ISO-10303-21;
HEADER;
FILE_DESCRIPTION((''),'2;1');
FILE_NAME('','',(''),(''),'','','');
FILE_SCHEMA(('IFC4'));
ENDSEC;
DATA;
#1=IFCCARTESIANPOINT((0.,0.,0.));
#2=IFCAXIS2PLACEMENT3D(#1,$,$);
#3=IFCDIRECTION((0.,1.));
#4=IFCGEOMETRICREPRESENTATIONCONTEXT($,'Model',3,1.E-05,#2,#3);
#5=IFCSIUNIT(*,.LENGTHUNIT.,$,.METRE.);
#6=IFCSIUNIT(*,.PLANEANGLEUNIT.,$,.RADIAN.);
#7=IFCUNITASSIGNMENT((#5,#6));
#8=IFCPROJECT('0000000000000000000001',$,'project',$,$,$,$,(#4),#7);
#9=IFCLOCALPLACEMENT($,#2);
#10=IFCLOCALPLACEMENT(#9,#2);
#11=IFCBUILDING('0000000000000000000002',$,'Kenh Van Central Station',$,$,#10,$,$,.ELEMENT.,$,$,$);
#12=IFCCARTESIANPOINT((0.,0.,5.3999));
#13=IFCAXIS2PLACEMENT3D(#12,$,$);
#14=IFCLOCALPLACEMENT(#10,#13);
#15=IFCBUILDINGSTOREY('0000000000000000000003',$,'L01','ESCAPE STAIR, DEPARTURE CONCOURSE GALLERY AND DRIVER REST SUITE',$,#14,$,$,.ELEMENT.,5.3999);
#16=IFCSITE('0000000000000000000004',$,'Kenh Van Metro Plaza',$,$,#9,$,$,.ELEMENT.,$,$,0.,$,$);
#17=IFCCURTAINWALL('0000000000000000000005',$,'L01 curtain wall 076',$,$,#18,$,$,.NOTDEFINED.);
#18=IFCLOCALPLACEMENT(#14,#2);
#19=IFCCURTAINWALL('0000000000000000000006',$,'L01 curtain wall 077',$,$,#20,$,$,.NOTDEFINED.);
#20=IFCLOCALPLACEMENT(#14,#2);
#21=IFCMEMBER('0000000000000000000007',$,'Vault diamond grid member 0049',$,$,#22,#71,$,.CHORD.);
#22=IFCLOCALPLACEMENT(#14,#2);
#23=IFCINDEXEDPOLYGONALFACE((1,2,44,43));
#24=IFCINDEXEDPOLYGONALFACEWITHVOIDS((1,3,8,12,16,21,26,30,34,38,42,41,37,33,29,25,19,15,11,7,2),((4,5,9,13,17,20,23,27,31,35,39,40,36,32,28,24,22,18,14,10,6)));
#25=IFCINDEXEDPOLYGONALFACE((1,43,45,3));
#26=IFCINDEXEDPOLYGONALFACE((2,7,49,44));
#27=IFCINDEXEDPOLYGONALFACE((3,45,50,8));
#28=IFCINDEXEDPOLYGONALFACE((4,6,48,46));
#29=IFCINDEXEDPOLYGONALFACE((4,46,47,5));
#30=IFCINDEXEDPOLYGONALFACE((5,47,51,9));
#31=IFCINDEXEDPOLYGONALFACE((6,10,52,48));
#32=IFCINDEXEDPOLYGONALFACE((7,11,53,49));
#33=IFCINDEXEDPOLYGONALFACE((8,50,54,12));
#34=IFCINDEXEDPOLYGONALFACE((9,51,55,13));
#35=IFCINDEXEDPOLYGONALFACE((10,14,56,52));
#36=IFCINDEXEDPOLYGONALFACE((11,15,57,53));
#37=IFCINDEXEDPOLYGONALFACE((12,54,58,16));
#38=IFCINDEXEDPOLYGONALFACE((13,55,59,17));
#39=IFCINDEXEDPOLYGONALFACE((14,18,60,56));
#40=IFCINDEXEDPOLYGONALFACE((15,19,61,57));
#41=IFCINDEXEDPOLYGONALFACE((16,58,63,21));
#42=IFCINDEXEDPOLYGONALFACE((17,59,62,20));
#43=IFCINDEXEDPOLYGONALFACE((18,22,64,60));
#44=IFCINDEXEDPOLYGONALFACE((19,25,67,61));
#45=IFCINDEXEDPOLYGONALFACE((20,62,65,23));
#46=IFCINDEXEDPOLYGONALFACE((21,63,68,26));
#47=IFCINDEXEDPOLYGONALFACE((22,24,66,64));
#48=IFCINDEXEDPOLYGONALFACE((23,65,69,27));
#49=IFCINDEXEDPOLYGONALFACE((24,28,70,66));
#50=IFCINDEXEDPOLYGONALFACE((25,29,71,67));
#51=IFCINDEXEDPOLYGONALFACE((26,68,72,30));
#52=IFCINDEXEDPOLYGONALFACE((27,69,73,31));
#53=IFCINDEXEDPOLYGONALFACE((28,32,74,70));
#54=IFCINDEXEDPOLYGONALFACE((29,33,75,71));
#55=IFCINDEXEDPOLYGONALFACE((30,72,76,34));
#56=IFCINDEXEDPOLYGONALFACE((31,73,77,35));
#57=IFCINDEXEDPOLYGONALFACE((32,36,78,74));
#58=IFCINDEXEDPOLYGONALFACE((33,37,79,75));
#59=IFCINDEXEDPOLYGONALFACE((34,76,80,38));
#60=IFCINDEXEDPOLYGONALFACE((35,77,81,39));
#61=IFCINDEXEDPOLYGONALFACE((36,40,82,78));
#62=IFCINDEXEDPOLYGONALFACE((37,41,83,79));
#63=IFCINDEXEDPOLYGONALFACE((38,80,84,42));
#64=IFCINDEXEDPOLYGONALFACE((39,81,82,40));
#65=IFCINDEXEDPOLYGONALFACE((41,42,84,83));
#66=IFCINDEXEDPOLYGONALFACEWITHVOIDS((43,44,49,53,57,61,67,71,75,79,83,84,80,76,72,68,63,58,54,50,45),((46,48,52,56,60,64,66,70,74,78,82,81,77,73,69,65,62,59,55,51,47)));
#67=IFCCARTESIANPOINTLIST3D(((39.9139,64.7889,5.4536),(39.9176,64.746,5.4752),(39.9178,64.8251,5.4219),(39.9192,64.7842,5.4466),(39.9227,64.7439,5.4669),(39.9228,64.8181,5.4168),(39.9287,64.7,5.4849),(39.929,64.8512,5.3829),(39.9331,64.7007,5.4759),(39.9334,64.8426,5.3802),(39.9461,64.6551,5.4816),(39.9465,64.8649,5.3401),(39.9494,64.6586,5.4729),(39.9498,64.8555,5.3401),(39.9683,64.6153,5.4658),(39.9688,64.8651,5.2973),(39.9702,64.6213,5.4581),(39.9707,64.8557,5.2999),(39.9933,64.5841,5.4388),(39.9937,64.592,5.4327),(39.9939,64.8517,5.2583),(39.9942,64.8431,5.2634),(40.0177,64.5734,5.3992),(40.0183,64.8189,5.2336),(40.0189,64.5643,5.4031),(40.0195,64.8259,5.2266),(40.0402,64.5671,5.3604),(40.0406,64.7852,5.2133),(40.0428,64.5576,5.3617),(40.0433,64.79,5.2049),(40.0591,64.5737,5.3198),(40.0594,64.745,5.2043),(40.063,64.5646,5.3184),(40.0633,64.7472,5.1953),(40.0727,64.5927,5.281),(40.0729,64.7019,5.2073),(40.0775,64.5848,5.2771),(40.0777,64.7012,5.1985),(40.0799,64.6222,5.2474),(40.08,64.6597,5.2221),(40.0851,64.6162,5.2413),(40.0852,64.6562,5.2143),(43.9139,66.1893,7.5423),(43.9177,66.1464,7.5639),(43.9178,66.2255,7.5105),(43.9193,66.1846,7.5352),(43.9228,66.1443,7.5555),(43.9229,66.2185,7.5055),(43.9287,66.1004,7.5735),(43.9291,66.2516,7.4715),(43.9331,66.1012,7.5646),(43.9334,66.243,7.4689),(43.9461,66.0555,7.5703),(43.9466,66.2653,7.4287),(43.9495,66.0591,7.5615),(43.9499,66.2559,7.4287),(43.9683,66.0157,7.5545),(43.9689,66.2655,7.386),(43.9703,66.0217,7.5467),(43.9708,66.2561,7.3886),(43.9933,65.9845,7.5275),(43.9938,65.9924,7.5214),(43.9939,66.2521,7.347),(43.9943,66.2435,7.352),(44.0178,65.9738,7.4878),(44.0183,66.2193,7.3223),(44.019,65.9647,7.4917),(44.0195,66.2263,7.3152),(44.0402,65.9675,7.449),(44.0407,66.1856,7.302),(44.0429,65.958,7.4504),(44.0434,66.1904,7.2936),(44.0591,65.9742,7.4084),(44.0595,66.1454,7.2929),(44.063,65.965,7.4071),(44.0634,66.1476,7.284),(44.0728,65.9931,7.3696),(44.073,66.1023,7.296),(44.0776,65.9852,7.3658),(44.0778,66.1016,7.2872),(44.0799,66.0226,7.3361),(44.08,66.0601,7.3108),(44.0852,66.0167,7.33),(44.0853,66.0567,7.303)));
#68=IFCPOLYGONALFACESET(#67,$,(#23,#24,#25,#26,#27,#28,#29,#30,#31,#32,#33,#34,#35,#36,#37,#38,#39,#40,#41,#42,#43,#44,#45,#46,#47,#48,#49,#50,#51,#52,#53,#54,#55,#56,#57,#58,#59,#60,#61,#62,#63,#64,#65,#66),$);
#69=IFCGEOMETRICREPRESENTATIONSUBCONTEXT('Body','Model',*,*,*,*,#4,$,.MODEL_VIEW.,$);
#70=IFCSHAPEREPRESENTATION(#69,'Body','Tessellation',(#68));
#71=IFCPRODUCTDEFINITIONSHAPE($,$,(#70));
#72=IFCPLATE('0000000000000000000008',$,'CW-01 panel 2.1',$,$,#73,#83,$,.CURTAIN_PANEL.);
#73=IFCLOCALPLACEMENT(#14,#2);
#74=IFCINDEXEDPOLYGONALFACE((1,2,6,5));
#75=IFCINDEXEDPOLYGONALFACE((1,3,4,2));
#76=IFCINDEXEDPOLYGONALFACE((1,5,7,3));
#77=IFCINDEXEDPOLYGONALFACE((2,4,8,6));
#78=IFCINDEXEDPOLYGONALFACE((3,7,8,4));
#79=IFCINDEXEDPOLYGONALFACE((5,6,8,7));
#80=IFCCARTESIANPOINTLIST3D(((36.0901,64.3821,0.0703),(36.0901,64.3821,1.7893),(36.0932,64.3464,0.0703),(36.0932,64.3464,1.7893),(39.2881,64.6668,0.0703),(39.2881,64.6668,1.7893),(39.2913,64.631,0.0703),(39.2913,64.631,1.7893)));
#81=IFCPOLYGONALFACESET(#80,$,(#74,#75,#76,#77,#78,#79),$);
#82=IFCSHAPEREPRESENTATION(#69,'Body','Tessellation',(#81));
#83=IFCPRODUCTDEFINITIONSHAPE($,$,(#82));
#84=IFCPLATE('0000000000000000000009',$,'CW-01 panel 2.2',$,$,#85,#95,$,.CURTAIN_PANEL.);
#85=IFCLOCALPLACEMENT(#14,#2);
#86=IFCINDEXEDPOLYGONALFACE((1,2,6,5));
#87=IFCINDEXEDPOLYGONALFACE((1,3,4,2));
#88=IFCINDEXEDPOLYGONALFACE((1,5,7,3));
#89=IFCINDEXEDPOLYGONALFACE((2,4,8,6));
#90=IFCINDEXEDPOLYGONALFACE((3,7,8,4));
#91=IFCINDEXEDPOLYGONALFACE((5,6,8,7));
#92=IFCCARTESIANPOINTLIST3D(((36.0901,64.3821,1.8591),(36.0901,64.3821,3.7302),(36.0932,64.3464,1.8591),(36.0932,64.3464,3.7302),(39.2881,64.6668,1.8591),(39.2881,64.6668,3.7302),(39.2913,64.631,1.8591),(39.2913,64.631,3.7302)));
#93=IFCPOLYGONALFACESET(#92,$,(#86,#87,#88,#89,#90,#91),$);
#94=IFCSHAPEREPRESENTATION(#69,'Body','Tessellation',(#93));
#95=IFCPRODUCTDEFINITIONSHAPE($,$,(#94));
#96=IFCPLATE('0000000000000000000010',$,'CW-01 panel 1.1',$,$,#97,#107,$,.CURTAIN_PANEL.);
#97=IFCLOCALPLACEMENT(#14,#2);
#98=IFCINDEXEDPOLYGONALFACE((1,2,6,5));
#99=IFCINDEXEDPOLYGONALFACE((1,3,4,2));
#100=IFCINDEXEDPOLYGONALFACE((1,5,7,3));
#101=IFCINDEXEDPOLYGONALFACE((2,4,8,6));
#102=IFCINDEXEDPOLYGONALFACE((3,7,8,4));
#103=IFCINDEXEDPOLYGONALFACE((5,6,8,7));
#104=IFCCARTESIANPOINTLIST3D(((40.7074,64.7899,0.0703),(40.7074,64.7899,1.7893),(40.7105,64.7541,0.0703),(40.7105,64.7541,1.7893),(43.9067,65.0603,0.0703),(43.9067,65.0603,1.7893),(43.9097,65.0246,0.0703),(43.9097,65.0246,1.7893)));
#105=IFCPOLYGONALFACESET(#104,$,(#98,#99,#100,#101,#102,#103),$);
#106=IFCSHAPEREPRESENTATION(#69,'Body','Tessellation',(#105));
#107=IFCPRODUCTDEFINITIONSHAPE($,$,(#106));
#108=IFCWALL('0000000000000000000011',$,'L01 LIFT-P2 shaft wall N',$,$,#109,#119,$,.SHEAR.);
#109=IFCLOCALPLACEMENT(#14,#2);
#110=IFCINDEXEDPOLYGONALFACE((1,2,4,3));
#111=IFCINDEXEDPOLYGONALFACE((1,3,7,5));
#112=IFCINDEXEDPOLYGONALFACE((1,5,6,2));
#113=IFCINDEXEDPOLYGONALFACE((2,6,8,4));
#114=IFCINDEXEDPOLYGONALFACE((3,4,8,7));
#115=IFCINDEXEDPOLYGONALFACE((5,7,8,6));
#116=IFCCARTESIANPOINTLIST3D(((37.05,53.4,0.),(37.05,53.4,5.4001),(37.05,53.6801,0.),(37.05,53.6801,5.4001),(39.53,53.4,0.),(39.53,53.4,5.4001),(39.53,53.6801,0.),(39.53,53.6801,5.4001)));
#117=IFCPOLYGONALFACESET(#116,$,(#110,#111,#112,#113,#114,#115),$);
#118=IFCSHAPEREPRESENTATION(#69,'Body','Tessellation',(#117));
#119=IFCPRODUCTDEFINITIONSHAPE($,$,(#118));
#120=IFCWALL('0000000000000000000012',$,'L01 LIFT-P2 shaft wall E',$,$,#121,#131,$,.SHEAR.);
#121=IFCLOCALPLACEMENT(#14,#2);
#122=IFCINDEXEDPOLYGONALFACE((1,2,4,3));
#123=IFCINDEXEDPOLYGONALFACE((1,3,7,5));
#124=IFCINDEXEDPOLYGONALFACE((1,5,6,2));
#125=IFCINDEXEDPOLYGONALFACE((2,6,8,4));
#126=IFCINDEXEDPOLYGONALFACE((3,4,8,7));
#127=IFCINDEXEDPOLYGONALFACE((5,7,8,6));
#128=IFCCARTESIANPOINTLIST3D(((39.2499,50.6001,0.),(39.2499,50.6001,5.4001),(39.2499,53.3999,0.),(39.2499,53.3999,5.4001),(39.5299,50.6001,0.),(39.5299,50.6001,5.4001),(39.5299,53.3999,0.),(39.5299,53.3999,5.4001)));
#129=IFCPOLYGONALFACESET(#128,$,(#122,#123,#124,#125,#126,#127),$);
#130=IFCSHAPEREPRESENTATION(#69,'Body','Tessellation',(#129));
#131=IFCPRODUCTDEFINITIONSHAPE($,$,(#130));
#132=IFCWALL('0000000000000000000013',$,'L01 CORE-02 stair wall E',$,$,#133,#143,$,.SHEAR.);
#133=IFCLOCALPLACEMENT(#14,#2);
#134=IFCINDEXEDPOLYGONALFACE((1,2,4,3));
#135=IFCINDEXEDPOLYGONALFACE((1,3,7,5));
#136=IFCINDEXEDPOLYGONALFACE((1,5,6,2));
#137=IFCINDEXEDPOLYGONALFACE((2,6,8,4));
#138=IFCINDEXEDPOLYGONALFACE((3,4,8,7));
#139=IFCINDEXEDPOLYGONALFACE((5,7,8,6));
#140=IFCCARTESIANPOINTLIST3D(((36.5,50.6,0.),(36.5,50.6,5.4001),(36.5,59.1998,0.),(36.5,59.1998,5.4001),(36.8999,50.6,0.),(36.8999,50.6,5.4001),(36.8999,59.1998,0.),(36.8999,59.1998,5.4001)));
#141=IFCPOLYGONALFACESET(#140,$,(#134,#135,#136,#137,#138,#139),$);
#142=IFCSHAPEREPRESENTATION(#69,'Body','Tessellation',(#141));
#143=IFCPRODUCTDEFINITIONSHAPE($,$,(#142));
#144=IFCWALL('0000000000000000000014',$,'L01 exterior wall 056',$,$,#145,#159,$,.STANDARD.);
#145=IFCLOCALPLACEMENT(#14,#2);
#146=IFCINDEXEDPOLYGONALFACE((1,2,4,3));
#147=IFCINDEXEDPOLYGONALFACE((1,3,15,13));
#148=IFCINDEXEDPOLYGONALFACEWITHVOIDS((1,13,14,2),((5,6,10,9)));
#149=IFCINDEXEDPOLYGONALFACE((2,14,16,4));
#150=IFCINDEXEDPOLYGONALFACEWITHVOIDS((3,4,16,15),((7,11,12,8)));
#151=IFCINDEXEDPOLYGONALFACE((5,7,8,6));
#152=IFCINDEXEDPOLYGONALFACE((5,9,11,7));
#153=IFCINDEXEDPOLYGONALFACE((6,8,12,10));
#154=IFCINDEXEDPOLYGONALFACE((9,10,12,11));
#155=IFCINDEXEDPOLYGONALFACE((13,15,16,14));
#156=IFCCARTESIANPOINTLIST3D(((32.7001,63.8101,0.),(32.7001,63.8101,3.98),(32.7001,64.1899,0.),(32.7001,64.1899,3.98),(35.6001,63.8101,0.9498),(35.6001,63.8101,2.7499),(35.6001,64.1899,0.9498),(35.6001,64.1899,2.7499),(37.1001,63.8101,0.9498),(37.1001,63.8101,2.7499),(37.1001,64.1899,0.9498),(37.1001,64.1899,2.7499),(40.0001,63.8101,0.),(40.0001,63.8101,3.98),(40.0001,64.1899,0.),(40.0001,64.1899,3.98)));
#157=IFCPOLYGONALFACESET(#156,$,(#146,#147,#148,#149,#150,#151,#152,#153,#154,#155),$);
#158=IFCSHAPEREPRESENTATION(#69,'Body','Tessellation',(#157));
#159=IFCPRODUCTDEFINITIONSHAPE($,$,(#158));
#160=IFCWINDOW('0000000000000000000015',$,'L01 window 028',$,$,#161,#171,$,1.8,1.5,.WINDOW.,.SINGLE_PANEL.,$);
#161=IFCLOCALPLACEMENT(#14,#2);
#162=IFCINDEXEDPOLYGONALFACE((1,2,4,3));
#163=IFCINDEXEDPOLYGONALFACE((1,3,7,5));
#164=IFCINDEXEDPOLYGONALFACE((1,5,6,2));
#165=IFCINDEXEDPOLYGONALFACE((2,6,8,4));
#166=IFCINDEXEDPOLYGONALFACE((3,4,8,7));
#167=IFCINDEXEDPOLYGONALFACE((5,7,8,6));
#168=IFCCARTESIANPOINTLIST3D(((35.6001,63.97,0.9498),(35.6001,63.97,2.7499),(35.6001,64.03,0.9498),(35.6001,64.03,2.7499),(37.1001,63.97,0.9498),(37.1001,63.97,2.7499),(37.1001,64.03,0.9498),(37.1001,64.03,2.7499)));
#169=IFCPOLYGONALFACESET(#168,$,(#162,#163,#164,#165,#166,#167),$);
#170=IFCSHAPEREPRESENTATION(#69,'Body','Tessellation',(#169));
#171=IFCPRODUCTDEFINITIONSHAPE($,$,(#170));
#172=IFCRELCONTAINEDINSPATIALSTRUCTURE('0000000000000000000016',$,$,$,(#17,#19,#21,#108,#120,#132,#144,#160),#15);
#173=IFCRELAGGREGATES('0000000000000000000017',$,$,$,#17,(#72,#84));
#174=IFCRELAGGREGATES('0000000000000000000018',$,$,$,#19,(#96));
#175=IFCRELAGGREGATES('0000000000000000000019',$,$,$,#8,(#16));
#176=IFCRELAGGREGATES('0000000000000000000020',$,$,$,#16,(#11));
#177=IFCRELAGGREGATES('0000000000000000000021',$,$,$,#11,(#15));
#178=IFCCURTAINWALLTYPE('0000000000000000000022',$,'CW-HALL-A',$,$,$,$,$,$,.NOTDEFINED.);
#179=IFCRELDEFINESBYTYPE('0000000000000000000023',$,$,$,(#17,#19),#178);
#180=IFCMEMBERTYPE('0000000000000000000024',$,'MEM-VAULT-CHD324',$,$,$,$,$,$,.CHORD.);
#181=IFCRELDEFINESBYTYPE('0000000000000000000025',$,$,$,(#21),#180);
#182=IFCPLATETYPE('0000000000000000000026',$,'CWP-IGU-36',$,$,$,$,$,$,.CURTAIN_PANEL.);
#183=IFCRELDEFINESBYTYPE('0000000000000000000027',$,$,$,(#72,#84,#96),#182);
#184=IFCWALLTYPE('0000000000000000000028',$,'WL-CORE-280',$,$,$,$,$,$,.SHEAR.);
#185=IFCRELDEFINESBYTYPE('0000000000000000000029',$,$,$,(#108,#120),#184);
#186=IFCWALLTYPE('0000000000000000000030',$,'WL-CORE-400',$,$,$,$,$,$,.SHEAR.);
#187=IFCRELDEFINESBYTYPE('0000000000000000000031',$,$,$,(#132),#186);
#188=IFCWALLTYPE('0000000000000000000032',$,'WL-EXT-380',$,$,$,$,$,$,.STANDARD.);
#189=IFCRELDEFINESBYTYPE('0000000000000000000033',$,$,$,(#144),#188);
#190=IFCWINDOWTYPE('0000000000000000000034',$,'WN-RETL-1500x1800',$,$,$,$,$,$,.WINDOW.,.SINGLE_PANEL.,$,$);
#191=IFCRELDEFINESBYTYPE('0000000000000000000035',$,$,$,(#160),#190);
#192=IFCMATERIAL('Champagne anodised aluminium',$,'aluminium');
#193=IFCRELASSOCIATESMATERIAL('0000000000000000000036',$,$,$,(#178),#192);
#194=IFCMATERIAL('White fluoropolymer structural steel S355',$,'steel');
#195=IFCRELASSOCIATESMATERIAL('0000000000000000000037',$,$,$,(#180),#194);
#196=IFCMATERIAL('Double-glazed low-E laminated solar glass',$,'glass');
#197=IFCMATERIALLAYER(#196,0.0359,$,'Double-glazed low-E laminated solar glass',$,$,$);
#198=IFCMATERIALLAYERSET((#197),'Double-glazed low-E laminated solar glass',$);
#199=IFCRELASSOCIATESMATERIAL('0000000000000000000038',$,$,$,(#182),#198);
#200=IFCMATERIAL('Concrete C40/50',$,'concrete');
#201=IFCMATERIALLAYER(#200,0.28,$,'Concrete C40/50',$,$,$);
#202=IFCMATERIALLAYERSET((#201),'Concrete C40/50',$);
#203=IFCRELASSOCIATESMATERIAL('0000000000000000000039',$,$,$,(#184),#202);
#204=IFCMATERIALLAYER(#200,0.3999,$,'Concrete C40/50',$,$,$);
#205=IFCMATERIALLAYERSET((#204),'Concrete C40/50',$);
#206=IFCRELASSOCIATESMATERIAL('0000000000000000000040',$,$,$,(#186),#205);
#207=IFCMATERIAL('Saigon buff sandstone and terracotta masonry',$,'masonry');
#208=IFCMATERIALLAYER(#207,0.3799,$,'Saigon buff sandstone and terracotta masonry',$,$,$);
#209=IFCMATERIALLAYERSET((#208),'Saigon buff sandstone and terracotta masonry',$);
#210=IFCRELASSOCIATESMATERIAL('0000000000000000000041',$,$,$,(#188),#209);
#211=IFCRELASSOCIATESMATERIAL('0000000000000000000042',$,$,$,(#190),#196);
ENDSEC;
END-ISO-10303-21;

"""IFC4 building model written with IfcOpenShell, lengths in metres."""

from ifc_helpers import new_model, si_unit, direction, frame, frame_2d, origin, origin_2d, place, context, subcontext, project, spatial, rectangle, hollow_circle, extrude, material, layer, layer_set, material_profile, profile_set, type_object, element, fill, aggregate, save


model = new_model("IFC4")

# Units and contexts
model_context = context("Model", 3, precision=1e-05, world=origin(), true_north=direction((0.0, 1.0)))
body_context = subcontext(model_context, "Body", "Model", "MODEL_VIEW")
ifc_project = project(units=[si_unit("LENGTHUNIT", "METRE"), si_unit("PLANEANGLEUNIT", "RADIAN")], contexts=[model_context])

# Site, building, storey
site_placement = place(None, origin())
site = spatial("IfcSite", under=ifc_project, at=site_placement, Name="Kenh Van Metro Plaza", CompositionType="ELEMENT", RefElevation=0.0)
building_placement = place(site_placement, origin())
building = spatial("IfcBuilding", under=site, at=building_placement, Name="Kenh Van Central Station", CompositionType="ELEMENT")
storey_placement = place(building_placement, frame((0.0, 0.0, 5.3999)))
storey = spatial("IfcBuildingStorey", under=building, at=storey_placement, Name="L01", Description="ESCAPE STAIR, DEPARTURE CONCOURSE GALLERY AND DRIVER REST SUITE", CompositionType="ELEMENT", Elevation=5.3999)

# Shared definitions
ifc_material_1 = material(Name="Concrete C40/50", Category="concrete")

# Shared definitions
ifc_material_2 = material(Name="White fluoropolymer structural steel S355", Category="steel")

# Curtain wall
ifc_material_3 = material(Name="Champagne anodised aluminium", Category="aluminium")
curtain_wall_type = type_object("IfcCurtainWallType", Name="CW-HALL-A", PredefinedType="NOTDEFINED", material=ifc_material_3)
curtain_wall_1_placement = place(storey_placement, origin())
curtain_wall_1 = element("IfcCurtainWall", 1, at=curtain_wall_1_placement, inside=storey, type_object=curtain_wall_type, Name="L01 curtain wall 076", PredefinedType="NOTDEFINED")

# Curtain wall
curtain_wall_2_placement = place(storey_placement, origin())
curtain_wall_2 = element("IfcCurtainWall", 2, at=curtain_wall_2_placement, inside=storey, type_object=curtain_wall_type, Name="L01 curtain wall 077", PredefinedType="NOTDEFINED")

# Member
ifc_material_profile_1 = material_profile(ifc_material_2, hollow_circle(Radius=0.1619, WallThickness=0.01, at=origin_2d()), Name="CHS 323.9x10")
ifc_profile_set_1 = profile_set([ifc_material_profile_1], Name="White fluoropolymer structural steel S355")
member_type_1 = type_object("IfcMemberType", Name="MEM-VAULT-CHD324", PredefinedType="CHORD", material=ifc_profile_set_1)
member_1_placement = place(storey_placement, frame((40.0, 64.7122, 5.3401), z_axis=(0.846602, 0.296393, 0.442058), x_axis=(-0.330433, 0.94383, 0.0)))
element("IfcMember", 3, at=member_1_placement, inside=storey, type_object=member_type_1, Name="Vault diamond grid member 0049", PredefinedType="CHORD", context=body_context, shape_type="SweptSolid", body=[
    extrude(hollow_circle(Radius=0.1619, WallThickness=0.01, at=origin_2d()), origin(), (0.0, 0.0, 1.0), 4.7249),
])

# Plates
ifc_material_4 = material(Name="Double-glazed low-E laminated solar glass", Category="glass")
ifc_layer_1 = layer(ifc_material_4, 0.0359, Name="Double-glazed low-E laminated solar glass")
ifc_layer_set_1 = layer_set([ifc_layer_1], Name="Double-glazed low-E laminated solar glass")
plate_type = type_object("IfcPlateType", Name="CWP-IGU-36", PredefinedType="CURTAIN_PANEL", material=ifc_layer_set_1)
plate_1_placement = place(storey_placement, frame((37.6907, 64.5066, 0.0703), z_axis=(0.0, 0.0, 1.0), x_axis=(0.996062, 0.08866, 0.0)))
plate_1 = element("IfcPlate", 4, at=plate_1_placement, type_object=plate_type, Name="CW-01 panel 2.1", PredefinedType="CURTAIN_PANEL", context=body_context, shape_type="SweptSolid", body=[
    extrude(rectangle(XDim=3.2107, YDim=0.0359, at=origin_2d()), origin(), (0.0, 0.0, 1.0), 1.719),
])
plate_2_placement = place(storey_placement, frame((37.6907, 64.5066, 1.8591), z_axis=(0.0, 0.0, 1.0), x_axis=(0.996062, 0.08866, 0.0)))
plate_2 = element("IfcPlate", 5, at=plate_2_placement, type_object=plate_type, Name="CW-01 panel 2.2", PredefinedType="CURTAIN_PANEL", context=body_context, shape_type="SweptSolid", body=[
    extrude(rectangle(XDim=3.2107, YDim=0.0359, at=origin_2d()), origin(), (0.0, 0.0, 1.0), 1.8711),
])
aggregate(curtain_wall_1, [plate_1, plate_2])
plate_3_placement = place(storey_placement, frame((42.3086, 64.9072, 0.0703), z_axis=(0.0, 0.0, 1.0), x_axis=(0.996445, 0.084244, 0.0)))
plate_3 = element("IfcPlate", 6, at=plate_3_placement, type_object=plate_type, Name="CW-01 panel 1.1", PredefinedType="CURTAIN_PANEL", context=body_context, shape_type="SweptSolid", body=[
    extrude(rectangle(XDim=3.2107, YDim=0.0359, at=origin_2d()), origin(), (0.0, 0.0, 1.0), 1.719),
])
aggregate(curtain_wall_2, [plate_3])

# Shared definitions
ifc_layer_2 = layer(ifc_material_1, 0.28, Name="Concrete C40/50")
ifc_layer_set_2 = layer_set([ifc_layer_2], Name="Concrete C40/50")
wall_type_1 = type_object("IfcWallType", Name="WL-CORE-280", PredefinedType="SHEAR", material=ifc_layer_set_2)

# Walls
wall_1_placement = place(storey_placement, frame((37.05, 53.54, 0.0), z_axis=(0.0, 0.0, 1.0), x_axis=(1.0, 0.0, 0.0)))
element("IfcWall", 7, at=wall_1_placement, inside=storey, type_object=wall_type_1, Name="L01 LIFT-P2 shaft wall N", PredefinedType="SHEAR", context=body_context, shape_type="SweptSolid", body=[
    extrude(rectangle(XDim=2.48, YDim=0.28, at=frame_2d((1.24, 0.0))), origin(), (0.0, 0.0, 1.0), 5.4001),
])
wall_2_placement = place(storey_placement, frame((39.3899, 50.6001, 0.0), z_axis=(0.0, 0.0, 1.0), x_axis=(0.0, 1.0, 0.0)))
element("IfcWall", 8, at=wall_2_placement, inside=storey, type_object=wall_type_1, Name="L01 LIFT-P2 shaft wall E", PredefinedType="SHEAR", context=body_context, shape_type="SweptSolid", body=[
    extrude(rectangle(XDim=2.7998, YDim=0.28, at=frame_2d((1.3999, 0.0))), origin(), (0.0, 0.0, 1.0), 5.4001),
])
ifc_layer_3 = layer(ifc_material_1, 0.3999, Name="Concrete C40/50")
ifc_layer_set_3 = layer_set([ifc_layer_3], Name="Concrete C40/50")
wall_type_2 = type_object("IfcWallType", Name="WL-CORE-400", PredefinedType="SHEAR", material=ifc_layer_set_3)
wall_3_placement = place(storey_placement, frame((36.7, 50.6001, 0.0), z_axis=(0.0, 0.0, 1.0), x_axis=(0.0, 1.0, 0.0)))
element("IfcWall", 9, at=wall_3_placement, inside=storey, type_object=wall_type_2, Name="L01 CORE-02 stair wall E", PredefinedType="SHEAR", context=body_context, shape_type="SweptSolid", body=[
    extrude(rectangle(XDim=8.5999, YDim=0.3999, at=frame_2d((4.2998, 0.0))), origin(), (0.0, 0.0, 1.0), 5.4001),
])

# Wall, opening, window
ifc_material_5 = material(Name="Saigon buff sandstone and terracotta masonry", Category="masonry")
ifc_layer_4 = layer(ifc_material_5, 0.3799, Name="Saigon buff sandstone and terracotta masonry")
ifc_layer_set_4 = layer_set([ifc_layer_4], Name="Saigon buff sandstone and terracotta masonry")
wall_type_3 = type_object("IfcWallType", Name="WL-EXT-380", PredefinedType="STANDARD", material=ifc_layer_set_4)
wall_4_placement = place(storey_placement, frame((40.0, 64.0, 0.0), z_axis=(0.0, 0.0, 1.0), x_axis=(-1.0, 0.0, 0.0)))
wall_4 = element("IfcWall", 10, at=wall_4_placement, inside=storey, type_object=wall_type_3, Name="L01 exterior wall 056", PredefinedType="STANDARD", context=body_context, shape_type="SweptSolid", body=[
    extrude(rectangle(XDim=7.3, YDim=0.3799, at=frame_2d((3.6499, 0.0))), origin(), (0.0, 0.0, 1.0), 3.98),
])
opening_1_placement = place(wall_4_placement, frame((2.8999, 0.0, 0.95)))
opening_1 = element("IfcOpeningElement", 11, at=opening_1_placement, cuts=wall_4, PredefinedType="OPENING", context=body_context, shape_type="SweptSolid", body=[
    extrude(rectangle(XDim=1.5, YDim=1.8, at=frame_2d((0.75, 0.8999))), frame((0.0, 0.2, 0.0), z_axis=(0.0, -1.0, 0.0), x_axis=(1.0, 0.0, 0.0)), (0.0, 0.0, 1.0), 0.3999),
])
window_type = type_object("IfcWindowType", Name="WN-RETL-1500x1800", PartitioningType="SINGLE_PANEL", PredefinedType="WINDOW", material=ifc_material_4)
window_placement = place(opening_1_placement, origin())
window = element("IfcWindow", 12, at=window_placement, inside=storey, type_object=window_type, Name="L01 window 028", OverallHeight=1.8, OverallWidth=1.5, PartitioningType="SINGLE_PANEL", PredefinedType="WINDOW", context=body_context, shape_type="SweptSolid", body=[
    extrude(rectangle(XDim=1.5, YDim=1.8, at=frame_2d((0.75, 0.8999))), frame((0.0, 0.03, 0.0), z_axis=(0.0, -1.0, 0.0), x_axis=(1.0, 0.0, 0.0)), (0.0, 0.0, 1.0), 0.0601),
])
fill(opening_1, window)

save(model, "model.ifc")
